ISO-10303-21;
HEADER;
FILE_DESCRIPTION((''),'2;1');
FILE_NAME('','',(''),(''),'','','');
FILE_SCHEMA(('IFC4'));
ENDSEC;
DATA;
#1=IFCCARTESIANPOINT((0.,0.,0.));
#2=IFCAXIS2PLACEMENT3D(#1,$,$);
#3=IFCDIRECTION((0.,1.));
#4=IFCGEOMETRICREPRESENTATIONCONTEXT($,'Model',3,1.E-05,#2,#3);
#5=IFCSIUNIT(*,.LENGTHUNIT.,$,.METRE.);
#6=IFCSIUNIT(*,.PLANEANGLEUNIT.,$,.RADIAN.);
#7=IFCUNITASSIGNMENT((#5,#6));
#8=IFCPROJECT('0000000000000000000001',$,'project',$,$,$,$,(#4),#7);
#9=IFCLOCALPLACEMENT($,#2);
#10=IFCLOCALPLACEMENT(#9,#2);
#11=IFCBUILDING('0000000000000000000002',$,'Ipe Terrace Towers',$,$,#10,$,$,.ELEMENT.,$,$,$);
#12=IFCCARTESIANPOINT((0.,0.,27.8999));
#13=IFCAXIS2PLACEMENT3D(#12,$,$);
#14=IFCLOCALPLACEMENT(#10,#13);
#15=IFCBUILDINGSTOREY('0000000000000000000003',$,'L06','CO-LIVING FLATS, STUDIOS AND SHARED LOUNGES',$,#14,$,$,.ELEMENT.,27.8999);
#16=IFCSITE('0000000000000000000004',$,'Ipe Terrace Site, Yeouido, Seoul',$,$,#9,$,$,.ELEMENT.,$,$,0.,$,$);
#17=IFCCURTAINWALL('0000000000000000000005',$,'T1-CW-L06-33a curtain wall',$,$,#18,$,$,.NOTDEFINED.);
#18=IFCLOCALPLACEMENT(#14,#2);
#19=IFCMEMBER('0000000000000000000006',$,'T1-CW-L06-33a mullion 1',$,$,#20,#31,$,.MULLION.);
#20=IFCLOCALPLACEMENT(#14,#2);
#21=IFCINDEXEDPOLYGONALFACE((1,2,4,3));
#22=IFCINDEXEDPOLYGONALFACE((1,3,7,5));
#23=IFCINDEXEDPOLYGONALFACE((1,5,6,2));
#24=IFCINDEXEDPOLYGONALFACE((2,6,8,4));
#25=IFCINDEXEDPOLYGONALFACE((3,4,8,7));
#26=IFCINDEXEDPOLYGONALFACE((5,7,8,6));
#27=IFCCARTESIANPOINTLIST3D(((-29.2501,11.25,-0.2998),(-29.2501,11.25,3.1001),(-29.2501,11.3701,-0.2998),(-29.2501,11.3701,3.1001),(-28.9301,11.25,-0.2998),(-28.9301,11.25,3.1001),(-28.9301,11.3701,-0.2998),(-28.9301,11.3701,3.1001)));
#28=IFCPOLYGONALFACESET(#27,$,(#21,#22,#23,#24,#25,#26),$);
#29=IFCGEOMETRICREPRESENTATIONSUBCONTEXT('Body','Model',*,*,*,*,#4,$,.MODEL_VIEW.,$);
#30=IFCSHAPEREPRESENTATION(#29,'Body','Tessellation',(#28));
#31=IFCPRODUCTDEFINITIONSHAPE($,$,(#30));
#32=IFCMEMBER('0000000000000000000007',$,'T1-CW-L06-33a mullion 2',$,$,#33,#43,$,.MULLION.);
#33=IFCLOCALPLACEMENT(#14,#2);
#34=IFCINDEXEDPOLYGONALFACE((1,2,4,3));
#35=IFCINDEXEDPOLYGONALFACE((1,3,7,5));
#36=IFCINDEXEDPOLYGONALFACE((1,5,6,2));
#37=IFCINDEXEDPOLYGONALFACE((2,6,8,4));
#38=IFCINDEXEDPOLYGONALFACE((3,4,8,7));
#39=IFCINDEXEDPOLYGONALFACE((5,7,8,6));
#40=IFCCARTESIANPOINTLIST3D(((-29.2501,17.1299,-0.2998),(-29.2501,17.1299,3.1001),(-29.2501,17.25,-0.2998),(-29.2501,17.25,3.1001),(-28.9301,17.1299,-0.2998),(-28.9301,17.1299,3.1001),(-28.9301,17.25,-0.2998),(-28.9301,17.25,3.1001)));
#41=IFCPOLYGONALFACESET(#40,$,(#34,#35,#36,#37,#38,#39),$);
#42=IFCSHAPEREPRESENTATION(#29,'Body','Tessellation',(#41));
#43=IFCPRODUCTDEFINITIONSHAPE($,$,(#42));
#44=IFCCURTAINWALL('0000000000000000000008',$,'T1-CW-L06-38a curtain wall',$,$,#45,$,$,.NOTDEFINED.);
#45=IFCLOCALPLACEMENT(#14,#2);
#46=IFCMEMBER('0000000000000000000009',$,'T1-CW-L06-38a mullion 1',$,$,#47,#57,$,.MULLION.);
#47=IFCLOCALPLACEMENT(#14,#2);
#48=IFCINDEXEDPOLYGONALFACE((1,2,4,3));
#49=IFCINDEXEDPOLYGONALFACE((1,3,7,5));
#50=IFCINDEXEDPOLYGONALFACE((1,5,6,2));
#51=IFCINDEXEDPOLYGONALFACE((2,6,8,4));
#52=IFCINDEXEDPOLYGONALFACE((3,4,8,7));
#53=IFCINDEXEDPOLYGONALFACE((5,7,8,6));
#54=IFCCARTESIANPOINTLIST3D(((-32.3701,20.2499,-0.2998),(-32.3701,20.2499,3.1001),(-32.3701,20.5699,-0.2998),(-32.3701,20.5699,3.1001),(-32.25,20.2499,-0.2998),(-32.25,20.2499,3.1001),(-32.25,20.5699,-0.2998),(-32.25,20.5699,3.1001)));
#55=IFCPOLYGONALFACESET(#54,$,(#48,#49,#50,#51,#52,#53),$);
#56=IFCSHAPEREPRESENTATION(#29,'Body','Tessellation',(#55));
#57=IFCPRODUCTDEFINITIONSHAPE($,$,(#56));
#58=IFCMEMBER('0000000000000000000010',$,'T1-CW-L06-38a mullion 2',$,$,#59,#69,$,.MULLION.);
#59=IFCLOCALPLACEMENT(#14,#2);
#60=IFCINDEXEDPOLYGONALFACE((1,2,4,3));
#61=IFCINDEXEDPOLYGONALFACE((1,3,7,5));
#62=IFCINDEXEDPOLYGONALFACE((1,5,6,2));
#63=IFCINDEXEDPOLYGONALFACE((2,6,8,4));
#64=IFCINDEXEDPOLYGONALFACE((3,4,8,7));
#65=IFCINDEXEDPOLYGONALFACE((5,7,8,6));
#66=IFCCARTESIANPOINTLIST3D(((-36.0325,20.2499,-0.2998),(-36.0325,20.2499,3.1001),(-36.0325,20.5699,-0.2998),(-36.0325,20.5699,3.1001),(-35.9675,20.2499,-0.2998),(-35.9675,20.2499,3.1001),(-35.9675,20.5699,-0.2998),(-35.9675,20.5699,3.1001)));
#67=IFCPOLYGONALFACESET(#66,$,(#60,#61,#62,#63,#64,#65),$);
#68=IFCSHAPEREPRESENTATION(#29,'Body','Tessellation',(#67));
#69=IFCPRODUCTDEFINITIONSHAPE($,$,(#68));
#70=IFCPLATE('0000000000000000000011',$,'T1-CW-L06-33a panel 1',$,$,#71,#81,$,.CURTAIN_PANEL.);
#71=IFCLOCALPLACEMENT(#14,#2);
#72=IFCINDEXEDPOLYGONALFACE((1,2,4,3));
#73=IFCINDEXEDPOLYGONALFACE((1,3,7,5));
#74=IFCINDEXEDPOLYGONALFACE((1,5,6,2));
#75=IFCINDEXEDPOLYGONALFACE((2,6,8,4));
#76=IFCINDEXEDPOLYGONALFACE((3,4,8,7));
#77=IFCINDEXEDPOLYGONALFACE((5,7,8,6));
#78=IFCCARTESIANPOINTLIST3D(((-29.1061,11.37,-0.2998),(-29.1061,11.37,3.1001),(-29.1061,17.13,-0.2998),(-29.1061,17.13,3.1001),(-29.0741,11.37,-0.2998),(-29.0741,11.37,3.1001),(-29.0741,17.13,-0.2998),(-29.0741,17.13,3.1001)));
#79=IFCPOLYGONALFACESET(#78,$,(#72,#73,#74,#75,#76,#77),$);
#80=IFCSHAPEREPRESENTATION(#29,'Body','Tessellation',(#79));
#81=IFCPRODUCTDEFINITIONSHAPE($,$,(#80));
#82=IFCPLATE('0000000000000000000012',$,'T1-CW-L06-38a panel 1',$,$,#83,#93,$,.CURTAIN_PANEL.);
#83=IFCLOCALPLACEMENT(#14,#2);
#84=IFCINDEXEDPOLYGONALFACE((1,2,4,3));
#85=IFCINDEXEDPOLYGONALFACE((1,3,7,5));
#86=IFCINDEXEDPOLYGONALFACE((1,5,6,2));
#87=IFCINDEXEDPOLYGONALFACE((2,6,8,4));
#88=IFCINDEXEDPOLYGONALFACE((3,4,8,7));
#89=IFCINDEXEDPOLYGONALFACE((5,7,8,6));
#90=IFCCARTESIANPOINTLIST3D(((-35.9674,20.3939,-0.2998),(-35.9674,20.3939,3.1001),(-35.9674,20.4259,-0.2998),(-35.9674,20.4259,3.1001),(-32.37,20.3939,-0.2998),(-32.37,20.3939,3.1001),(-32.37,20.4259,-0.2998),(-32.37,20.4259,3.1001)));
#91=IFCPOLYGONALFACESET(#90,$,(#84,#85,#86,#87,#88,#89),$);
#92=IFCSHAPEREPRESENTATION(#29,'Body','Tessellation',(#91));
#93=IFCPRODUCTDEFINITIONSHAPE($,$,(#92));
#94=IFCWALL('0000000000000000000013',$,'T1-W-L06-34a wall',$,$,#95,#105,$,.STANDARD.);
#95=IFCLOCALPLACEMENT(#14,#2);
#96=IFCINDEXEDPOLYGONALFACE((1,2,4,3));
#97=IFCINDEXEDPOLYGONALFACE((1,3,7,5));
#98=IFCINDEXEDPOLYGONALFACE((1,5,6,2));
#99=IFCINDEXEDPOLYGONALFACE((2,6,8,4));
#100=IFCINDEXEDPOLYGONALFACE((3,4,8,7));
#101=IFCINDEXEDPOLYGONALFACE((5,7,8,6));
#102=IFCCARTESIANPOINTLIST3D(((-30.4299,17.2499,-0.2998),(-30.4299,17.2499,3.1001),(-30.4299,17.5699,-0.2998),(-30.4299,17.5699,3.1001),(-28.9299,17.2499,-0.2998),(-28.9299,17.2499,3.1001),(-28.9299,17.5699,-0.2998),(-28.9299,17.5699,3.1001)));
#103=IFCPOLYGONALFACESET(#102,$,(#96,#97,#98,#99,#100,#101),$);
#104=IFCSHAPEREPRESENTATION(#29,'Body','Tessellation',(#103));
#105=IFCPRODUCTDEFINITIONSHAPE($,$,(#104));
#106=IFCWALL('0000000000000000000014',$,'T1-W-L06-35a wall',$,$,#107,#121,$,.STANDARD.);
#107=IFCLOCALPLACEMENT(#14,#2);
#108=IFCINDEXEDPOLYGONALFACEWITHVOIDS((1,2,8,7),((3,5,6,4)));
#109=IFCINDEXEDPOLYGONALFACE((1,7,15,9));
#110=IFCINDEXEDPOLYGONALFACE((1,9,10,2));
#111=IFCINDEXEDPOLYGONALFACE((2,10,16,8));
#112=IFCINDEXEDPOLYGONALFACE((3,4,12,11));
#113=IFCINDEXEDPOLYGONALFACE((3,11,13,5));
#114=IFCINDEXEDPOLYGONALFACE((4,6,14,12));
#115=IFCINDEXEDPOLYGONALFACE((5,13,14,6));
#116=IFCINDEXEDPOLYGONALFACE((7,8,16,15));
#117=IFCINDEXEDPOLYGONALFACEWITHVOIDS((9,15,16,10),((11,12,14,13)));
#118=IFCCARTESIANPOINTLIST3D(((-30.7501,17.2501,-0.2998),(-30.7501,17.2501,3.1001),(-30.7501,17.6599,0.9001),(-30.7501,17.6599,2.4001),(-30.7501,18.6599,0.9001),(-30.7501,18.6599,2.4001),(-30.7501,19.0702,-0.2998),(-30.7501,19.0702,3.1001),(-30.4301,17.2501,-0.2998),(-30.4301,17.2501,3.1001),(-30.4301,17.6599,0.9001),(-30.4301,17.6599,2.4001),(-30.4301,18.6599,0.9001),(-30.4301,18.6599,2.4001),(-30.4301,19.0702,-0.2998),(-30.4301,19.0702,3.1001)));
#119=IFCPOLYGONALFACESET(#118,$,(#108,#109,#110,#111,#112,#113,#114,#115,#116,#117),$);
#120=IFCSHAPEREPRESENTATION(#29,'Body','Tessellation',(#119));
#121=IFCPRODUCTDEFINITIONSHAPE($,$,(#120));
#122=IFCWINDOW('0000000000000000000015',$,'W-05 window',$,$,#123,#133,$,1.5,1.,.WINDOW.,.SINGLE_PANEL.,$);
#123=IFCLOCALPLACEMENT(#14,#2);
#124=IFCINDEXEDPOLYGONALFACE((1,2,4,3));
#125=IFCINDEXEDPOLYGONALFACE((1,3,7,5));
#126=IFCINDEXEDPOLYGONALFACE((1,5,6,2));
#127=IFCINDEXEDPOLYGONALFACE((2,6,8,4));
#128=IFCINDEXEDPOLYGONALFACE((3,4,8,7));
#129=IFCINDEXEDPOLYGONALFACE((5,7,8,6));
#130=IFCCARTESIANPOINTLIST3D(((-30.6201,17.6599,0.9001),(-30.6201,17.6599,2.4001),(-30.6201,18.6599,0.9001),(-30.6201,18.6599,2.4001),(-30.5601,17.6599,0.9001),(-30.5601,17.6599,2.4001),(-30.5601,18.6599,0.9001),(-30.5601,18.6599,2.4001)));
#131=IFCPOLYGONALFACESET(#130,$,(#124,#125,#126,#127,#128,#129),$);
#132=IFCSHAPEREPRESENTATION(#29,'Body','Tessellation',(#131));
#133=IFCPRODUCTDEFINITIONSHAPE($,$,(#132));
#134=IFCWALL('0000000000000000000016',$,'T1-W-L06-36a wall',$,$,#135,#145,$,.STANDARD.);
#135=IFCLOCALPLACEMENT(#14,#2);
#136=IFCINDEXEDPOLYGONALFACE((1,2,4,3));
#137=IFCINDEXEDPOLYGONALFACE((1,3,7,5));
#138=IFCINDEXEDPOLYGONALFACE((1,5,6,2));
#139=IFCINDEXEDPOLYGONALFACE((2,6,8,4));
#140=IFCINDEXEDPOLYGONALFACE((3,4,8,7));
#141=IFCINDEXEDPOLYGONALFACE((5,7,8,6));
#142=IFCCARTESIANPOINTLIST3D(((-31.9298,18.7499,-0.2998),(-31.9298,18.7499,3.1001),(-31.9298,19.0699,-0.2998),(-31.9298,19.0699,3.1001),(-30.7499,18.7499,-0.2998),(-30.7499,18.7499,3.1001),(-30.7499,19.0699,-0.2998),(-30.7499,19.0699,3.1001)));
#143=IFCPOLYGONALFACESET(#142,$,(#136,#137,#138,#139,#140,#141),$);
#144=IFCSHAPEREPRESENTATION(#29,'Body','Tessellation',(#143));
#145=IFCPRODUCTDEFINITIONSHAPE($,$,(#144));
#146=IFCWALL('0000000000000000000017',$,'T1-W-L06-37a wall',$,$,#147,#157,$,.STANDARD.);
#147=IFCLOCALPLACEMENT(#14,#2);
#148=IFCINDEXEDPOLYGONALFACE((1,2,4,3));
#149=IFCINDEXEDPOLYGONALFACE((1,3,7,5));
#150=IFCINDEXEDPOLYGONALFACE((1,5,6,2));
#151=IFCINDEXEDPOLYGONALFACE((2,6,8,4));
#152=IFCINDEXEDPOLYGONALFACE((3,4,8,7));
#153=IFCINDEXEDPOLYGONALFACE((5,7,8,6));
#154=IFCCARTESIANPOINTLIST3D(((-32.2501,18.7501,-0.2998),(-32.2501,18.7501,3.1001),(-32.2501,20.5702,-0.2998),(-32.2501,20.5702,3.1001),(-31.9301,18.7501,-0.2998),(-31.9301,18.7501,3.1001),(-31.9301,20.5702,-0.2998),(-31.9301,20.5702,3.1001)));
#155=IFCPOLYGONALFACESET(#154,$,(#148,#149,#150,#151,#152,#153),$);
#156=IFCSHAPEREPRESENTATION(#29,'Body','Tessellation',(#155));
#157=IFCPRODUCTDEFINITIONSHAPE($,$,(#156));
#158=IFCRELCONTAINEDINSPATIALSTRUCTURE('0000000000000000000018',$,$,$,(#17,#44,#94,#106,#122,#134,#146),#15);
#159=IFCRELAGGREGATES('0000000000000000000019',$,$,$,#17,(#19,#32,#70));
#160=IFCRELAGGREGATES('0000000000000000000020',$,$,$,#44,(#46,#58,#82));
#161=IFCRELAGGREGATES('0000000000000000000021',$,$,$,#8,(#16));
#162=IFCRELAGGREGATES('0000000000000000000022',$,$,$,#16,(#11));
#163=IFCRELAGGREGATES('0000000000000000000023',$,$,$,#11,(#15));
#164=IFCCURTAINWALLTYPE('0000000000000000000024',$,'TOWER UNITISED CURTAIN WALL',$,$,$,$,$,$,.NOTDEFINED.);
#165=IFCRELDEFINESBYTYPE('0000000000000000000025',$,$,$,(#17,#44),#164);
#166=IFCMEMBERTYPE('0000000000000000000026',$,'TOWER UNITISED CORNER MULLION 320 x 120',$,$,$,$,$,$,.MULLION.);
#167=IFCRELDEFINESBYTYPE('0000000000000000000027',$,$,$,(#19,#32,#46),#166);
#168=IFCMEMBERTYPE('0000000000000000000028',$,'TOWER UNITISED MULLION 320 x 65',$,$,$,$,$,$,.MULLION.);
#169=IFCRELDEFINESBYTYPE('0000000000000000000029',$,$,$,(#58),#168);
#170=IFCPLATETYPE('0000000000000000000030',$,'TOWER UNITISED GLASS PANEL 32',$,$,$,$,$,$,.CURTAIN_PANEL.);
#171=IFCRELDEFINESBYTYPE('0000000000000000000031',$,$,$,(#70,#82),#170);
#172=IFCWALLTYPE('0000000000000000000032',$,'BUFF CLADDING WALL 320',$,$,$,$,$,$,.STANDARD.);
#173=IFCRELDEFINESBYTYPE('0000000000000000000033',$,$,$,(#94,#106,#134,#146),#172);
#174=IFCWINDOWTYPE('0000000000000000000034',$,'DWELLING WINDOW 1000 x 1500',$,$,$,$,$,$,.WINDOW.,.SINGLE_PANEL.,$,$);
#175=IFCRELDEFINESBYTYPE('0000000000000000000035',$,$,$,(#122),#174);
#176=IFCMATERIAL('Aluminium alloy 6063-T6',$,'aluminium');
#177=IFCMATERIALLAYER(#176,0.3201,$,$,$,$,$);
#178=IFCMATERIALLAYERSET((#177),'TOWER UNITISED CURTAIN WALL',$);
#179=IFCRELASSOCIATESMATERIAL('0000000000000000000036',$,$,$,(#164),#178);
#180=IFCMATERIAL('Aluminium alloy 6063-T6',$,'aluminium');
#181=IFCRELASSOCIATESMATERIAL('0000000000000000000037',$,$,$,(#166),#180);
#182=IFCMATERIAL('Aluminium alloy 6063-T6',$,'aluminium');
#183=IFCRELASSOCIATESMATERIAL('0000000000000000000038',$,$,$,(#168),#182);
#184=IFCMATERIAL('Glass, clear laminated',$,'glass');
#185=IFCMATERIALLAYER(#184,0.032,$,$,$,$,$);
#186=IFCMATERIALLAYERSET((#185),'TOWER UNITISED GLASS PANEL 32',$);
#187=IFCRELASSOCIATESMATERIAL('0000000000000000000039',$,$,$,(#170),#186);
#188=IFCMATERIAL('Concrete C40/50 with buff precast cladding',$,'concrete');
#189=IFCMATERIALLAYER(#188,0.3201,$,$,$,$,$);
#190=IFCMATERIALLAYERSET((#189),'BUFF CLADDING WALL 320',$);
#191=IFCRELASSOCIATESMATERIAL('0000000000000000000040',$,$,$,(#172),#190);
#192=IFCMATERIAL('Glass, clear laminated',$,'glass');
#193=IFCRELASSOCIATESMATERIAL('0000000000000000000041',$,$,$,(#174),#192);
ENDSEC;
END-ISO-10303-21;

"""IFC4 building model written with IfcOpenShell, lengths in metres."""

from ifc_helpers import new_model, si_unit, direction, frame, frame_2d, origin, origin_2d, place, context, subcontext, project, spatial, rectangle, extrude, material, layer, layer_set, material_profile, profile_set, type_object, element, fill, aggregate, save


model = new_model("IFC4")

# Units and contexts
model_context = context("Model", 3, precision=1e-05, world=origin(), true_north=direction((0.0, 1.0)))
body_context = subcontext(model_context, "Body", "Model", "MODEL_VIEW")
ifc_project = project(units=[si_unit("LENGTHUNIT", "METRE"), si_unit("PLANEANGLEUNIT", "RADIAN")], contexts=[model_context])

# Site, building, storey
site_placement = place(None, origin())
site = spatial("IfcSite", under=ifc_project, at=site_placement, Name="Ipe Terrace Site, Yeouido, Seoul", CompositionType="ELEMENT", RefElevation=0.0)
building_placement = place(site_placement, origin())
building = spatial("IfcBuilding", under=site, at=building_placement, Name="Ipe Terrace Towers", CompositionType="ELEMENT")
storey_placement = place(building_placement, frame((0.0, 0.0, 27.8999)))
storey = spatial("IfcBuildingStorey", under=building, at=storey_placement, Name="L06", Description="CO-LIVING FLATS, STUDIOS AND SHARED LOUNGES", CompositionType="ELEMENT", Elevation=27.8999)

# Curtain walls, members
ifc_material_1 = material(Name="Aluminium alloy 6063-T6", Category="aluminium")
ifc_layer_1 = layer(ifc_material_1, 0.3201)
ifc_layer_set_1 = layer_set([ifc_layer_1], Name="TOWER UNITISED CURTAIN WALL")
curtain_wall_type = type_object("IfcCurtainWallType", Name="TOWER UNITISED CURTAIN WALL", PredefinedType="NOTDEFINED", material=ifc_layer_set_1)
curtain_wall_1_placement = place(storey_placement, origin())
curtain_wall_1 = element("IfcCurtainWall", 1, at=curtain_wall_1_placement, inside=storey, type_object=curtain_wall_type, Name="T1-CW-L06-33a curtain wall", PredefinedType="NOTDEFINED")
ifc_material_2 = material(Name="Aluminium alloy 6063-T6", Category="aluminium")
ifc_material_profile_1 = material_profile(ifc_material_2, rectangle(XDim=0.3201, YDim=0.1201, at=origin_2d()), Name="TOWER UNITISED CORNER MULLION 320 x 120")
ifc_profile_set_1 = profile_set([ifc_material_profile_1], Name="Aluminium alloy 6063-T6")
member_type_1 = type_object("IfcMemberType", Name="TOWER UNITISED CORNER MULLION 320 x 120", PredefinedType="MULLION", material=ifc_profile_set_1)
member_1_placement = place(storey_placement, frame((-29.0901, 11.3101, -0.2998), z_axis=(0.0, 0.0, 1.0), x_axis=(1.0, 0.0, 0.0)))
member_1 = element("IfcMember", 2, at=member_1_placement, type_object=member_type_1, Name="T1-CW-L06-33a mullion 1", PredefinedType="MULLION", context=body_context, shape_type="SweptSolid", body=[
    extrude(rectangle(XDim=0.3201, YDim=0.1201, at=origin_2d()), origin(), (0.0, 0.0, 1.0), 3.3999),
])
member_2_placement = place(storey_placement, frame((-29.0901, 17.1899, -0.2998), z_axis=(0.0, 0.0, 1.0), x_axis=(1.0, 0.0, 0.0)))
member_2 = element("IfcMember", 3, at=member_2_placement, type_object=member_type_1, Name="T1-CW-L06-33a mullion 2", PredefinedType="MULLION", context=body_context, shape_type="SweptSolid", body=[
    extrude(rectangle(XDim=0.3201, YDim=0.1201, at=origin_2d()), origin(), (0.0, 0.0, 1.0), 3.3999),
])
curtain_wall_2_placement = place(storey_placement, origin())
curtain_wall_2 = element("IfcCurtainWall", 4, at=curtain_wall_2_placement, inside=storey, type_object=curtain_wall_type, Name="T1-CW-L06-38a curtain wall", PredefinedType="NOTDEFINED")
member_3_placement = place(storey_placement, frame((-32.3101, 20.4099, -0.2998), z_axis=(0.0, 0.0, 1.0), x_axis=(0.0, 1.0, 0.0)))
member_3 = element("IfcMember", 5, at=member_3_placement, type_object=member_type_1, Name="T1-CW-L06-38a mullion 1", PredefinedType="MULLION", context=body_context, shape_type="SweptSolid", body=[
    extrude(rectangle(XDim=0.3201, YDim=0.1201, at=origin_2d()), origin(), (0.0, 0.0, 1.0), 3.3999),
])
ifc_material_3 = material(Name="Aluminium alloy 6063-T6", Category="aluminium")
ifc_material_profile_2 = material_profile(ifc_material_3, rectangle(XDim=0.3201, YDim=0.0649, at=origin_2d()), Name="TOWER UNITISED MULLION 320 x 65")
ifc_profile_set_2 = profile_set([ifc_material_profile_2], Name="Aluminium alloy 6063-T6")
member_type_2 = type_object("IfcMemberType", Name="TOWER UNITISED MULLION 320 x 65", PredefinedType="MULLION", material=ifc_profile_set_2)
member_4_placement = place(storey_placement, frame((-36.0, 20.4099, -0.2998), z_axis=(0.0, 0.0, 1.0), x_axis=(0.0, 1.0, 0.0)))
member_4 = element("IfcMember", 6, at=member_4_placement, type_object=member_type_2, Name="T1-CW-L06-38a mullion 2", PredefinedType="MULLION", context=body_context, shape_type="SweptSolid", body=[
    extrude(rectangle(XDim=0.3201, YDim=0.0649, at=origin_2d()), origin(), (0.0, 0.0, 1.0), 3.3999),
])

# Plates
ifc_material_4 = material(Name="Glass, clear laminated", Category="glass")
ifc_layer_2 = layer(ifc_material_4, 0.032)
ifc_layer_set_2 = layer_set([ifc_layer_2], Name="TOWER UNITISED GLASS PANEL 32")
plate_type = type_object("IfcPlateType", Name="TOWER UNITISED GLASS PANEL 32", PredefinedType="CURTAIN_PANEL", material=ifc_layer_set_2)
plate_1_placement = place(storey_placement, frame((-29.0901, 14.25, -0.2998), z_axis=(0.0, 0.0, 1.0), x_axis=(0.0, 1.0, 0.0)))
plate_1 = element("IfcPlate", 7, at=plate_1_placement, type_object=plate_type, Name="T1-CW-L06-33a panel 1", PredefinedType="CURTAIN_PANEL", context=body_context, shape_type="SweptSolid", body=[
    extrude(rectangle(XDim=5.76, YDim=0.032, at=origin_2d()), origin(), (0.0, 0.0, 1.0), 3.3999),
])
aggregate(curtain_wall_1, [member_1, member_2, plate_1])
plate_2_placement = place(storey_placement, frame((-34.1687, 20.4099, -0.2998), z_axis=(0.0, 0.0, 1.0), x_axis=(-1.0, 0.0, 0.0)))
plate_2 = element("IfcPlate", 8, at=plate_2_placement, type_object=plate_type, Name="T1-CW-L06-38a panel 1", PredefinedType="CURTAIN_PANEL", context=body_context, shape_type="SweptSolid", body=[
    extrude(rectangle(XDim=3.5974, YDim=0.032, at=origin_2d()), origin(), (0.0, 0.0, 1.0), 3.3999),
])
aggregate(curtain_wall_2, [member_3, member_4, plate_2])

# Wall
ifc_material_5 = material(Name="Concrete C40/50 with buff precast cladding", Category="concrete")
ifc_layer_3 = layer(ifc_material_5, 0.3201)
ifc_layer_set_3 = layer_set([ifc_layer_3], Name="BUFF CLADDING WALL 320")
wall_type_1 = type_object("IfcWallType", Name="BUFF CLADDING WALL 320", PredefinedType="STANDARD", material=ifc_layer_set_3)
wall_1_placement = place(storey_placement, frame((-28.9299, 17.4099, -0.2998), z_axis=(0.0, 0.0, 1.0), x_axis=(-1.0, 0.0, 0.0)))
element("IfcWall", 9, at=wall_1_placement, inside=storey, type_object=wall_type_1, Name="T1-W-L06-34a wall", PredefinedType="STANDARD", context=body_context, shape_type="SweptSolid", body=[
    extrude(rectangle(XDim=1.5, YDim=0.3201, at=frame_2d((0.75, 0.0))), origin(), (0.0, 0.0, 1.0), 3.3999),
])

# Wall, opening, window
wall_2_placement = place(storey_placement, frame((-30.5901, 17.25, -0.2998), z_axis=(0.0, 0.0, 1.0), x_axis=(0.0, 1.0, 0.0)))
wall_2 = element("IfcWall", 10, at=wall_2_placement, inside=storey, type_object=wall_type_1, Name="T1-W-L06-35a wall", PredefinedType="STANDARD", context=body_context, shape_type="SweptSolid", body=[
    extrude(rectangle(XDim=1.8201, YDim=0.3201, at=frame_2d((0.9102, 0.0))), origin(), (0.0, 0.0, 1.0), 3.3999),
])
opening_1_placement = place(wall_2_placement, frame((0.4099, 0.0, 1.2)))
opening_1 = element("IfcOpeningElement", 11, at=opening_1_placement, cuts=wall_2, PredefinedType="OPENING", context=body_context, shape_type="SweptSolid", body=[
    extrude(rectangle(XDim=1.0, YDim=1.5, at=frame_2d((0.5, 0.75))), frame((0.0, 0.1699, 0.0), z_axis=(0.0, -1.0, 0.0), x_axis=(1.0, 0.0, 0.0)), (0.0, 0.0, 1.0), 0.3401),
])
ifc_material_6 = material(Name="Glass, clear laminated", Category="glass")
window_type = type_object("IfcWindowType", Name="DWELLING WINDOW 1000 x 1500", PartitioningType="SINGLE_PANEL", PredefinedType="WINDOW", material=ifc_material_6)
window_placement = place(opening_1_placement, origin())
window = element("IfcWindow", 12, at=window_placement, inside=storey, type_object=window_type, Name="W-05 window", OverallHeight=1.5, OverallWidth=1.0, PartitioningType="SINGLE_PANEL", PredefinedType="WINDOW", context=body_context, shape_type="SweptSolid", body=[
    extrude(rectangle(XDim=1.0, YDim=1.5, at=frame_2d((0.5, 0.75))), frame((0.0, 0.03, 0.0), z_axis=(0.0, -1.0, 0.0), x_axis=(1.0, 0.0, 0.0)), (0.0, 0.0, 1.0), 0.0601),
])
fill(opening_1, window)

# Walls
wall_3_placement = place(storey_placement, frame((-30.75, 18.9099, -0.2998), z_axis=(0.0, 0.0, 1.0), x_axis=(-1.0, 0.0, 0.0)))
element("IfcWall", 13, at=wall_3_placement, inside=storey, type_object=wall_type_1, Name="T1-W-L06-36a wall", PredefinedType="STANDARD", context=body_context, shape_type="SweptSolid", body=[
    extrude(rectangle(XDim=1.1799, YDim=0.3201, at=frame_2d((0.5898, 0.0))), origin(), (0.0, 0.0, 1.0), 3.3999),
])
wall_4_placement = place(storey_placement, frame((-32.0901, 18.75, -0.2998), z_axis=(0.0, 0.0, 1.0), x_axis=(0.0, 1.0, 0.0)))
element("IfcWall", 14, at=wall_4_placement, inside=storey, type_object=wall_type_1, Name="T1-W-L06-37a wall", PredefinedType="STANDARD", context=body_context, shape_type="SweptSolid", body=[
    extrude(rectangle(XDim=1.8201, YDim=0.3201, at=frame_2d((0.9102, 0.0))), origin(), (0.0, 0.0, 1.0), 3.3999),
])

save(model, "model.ifc")
